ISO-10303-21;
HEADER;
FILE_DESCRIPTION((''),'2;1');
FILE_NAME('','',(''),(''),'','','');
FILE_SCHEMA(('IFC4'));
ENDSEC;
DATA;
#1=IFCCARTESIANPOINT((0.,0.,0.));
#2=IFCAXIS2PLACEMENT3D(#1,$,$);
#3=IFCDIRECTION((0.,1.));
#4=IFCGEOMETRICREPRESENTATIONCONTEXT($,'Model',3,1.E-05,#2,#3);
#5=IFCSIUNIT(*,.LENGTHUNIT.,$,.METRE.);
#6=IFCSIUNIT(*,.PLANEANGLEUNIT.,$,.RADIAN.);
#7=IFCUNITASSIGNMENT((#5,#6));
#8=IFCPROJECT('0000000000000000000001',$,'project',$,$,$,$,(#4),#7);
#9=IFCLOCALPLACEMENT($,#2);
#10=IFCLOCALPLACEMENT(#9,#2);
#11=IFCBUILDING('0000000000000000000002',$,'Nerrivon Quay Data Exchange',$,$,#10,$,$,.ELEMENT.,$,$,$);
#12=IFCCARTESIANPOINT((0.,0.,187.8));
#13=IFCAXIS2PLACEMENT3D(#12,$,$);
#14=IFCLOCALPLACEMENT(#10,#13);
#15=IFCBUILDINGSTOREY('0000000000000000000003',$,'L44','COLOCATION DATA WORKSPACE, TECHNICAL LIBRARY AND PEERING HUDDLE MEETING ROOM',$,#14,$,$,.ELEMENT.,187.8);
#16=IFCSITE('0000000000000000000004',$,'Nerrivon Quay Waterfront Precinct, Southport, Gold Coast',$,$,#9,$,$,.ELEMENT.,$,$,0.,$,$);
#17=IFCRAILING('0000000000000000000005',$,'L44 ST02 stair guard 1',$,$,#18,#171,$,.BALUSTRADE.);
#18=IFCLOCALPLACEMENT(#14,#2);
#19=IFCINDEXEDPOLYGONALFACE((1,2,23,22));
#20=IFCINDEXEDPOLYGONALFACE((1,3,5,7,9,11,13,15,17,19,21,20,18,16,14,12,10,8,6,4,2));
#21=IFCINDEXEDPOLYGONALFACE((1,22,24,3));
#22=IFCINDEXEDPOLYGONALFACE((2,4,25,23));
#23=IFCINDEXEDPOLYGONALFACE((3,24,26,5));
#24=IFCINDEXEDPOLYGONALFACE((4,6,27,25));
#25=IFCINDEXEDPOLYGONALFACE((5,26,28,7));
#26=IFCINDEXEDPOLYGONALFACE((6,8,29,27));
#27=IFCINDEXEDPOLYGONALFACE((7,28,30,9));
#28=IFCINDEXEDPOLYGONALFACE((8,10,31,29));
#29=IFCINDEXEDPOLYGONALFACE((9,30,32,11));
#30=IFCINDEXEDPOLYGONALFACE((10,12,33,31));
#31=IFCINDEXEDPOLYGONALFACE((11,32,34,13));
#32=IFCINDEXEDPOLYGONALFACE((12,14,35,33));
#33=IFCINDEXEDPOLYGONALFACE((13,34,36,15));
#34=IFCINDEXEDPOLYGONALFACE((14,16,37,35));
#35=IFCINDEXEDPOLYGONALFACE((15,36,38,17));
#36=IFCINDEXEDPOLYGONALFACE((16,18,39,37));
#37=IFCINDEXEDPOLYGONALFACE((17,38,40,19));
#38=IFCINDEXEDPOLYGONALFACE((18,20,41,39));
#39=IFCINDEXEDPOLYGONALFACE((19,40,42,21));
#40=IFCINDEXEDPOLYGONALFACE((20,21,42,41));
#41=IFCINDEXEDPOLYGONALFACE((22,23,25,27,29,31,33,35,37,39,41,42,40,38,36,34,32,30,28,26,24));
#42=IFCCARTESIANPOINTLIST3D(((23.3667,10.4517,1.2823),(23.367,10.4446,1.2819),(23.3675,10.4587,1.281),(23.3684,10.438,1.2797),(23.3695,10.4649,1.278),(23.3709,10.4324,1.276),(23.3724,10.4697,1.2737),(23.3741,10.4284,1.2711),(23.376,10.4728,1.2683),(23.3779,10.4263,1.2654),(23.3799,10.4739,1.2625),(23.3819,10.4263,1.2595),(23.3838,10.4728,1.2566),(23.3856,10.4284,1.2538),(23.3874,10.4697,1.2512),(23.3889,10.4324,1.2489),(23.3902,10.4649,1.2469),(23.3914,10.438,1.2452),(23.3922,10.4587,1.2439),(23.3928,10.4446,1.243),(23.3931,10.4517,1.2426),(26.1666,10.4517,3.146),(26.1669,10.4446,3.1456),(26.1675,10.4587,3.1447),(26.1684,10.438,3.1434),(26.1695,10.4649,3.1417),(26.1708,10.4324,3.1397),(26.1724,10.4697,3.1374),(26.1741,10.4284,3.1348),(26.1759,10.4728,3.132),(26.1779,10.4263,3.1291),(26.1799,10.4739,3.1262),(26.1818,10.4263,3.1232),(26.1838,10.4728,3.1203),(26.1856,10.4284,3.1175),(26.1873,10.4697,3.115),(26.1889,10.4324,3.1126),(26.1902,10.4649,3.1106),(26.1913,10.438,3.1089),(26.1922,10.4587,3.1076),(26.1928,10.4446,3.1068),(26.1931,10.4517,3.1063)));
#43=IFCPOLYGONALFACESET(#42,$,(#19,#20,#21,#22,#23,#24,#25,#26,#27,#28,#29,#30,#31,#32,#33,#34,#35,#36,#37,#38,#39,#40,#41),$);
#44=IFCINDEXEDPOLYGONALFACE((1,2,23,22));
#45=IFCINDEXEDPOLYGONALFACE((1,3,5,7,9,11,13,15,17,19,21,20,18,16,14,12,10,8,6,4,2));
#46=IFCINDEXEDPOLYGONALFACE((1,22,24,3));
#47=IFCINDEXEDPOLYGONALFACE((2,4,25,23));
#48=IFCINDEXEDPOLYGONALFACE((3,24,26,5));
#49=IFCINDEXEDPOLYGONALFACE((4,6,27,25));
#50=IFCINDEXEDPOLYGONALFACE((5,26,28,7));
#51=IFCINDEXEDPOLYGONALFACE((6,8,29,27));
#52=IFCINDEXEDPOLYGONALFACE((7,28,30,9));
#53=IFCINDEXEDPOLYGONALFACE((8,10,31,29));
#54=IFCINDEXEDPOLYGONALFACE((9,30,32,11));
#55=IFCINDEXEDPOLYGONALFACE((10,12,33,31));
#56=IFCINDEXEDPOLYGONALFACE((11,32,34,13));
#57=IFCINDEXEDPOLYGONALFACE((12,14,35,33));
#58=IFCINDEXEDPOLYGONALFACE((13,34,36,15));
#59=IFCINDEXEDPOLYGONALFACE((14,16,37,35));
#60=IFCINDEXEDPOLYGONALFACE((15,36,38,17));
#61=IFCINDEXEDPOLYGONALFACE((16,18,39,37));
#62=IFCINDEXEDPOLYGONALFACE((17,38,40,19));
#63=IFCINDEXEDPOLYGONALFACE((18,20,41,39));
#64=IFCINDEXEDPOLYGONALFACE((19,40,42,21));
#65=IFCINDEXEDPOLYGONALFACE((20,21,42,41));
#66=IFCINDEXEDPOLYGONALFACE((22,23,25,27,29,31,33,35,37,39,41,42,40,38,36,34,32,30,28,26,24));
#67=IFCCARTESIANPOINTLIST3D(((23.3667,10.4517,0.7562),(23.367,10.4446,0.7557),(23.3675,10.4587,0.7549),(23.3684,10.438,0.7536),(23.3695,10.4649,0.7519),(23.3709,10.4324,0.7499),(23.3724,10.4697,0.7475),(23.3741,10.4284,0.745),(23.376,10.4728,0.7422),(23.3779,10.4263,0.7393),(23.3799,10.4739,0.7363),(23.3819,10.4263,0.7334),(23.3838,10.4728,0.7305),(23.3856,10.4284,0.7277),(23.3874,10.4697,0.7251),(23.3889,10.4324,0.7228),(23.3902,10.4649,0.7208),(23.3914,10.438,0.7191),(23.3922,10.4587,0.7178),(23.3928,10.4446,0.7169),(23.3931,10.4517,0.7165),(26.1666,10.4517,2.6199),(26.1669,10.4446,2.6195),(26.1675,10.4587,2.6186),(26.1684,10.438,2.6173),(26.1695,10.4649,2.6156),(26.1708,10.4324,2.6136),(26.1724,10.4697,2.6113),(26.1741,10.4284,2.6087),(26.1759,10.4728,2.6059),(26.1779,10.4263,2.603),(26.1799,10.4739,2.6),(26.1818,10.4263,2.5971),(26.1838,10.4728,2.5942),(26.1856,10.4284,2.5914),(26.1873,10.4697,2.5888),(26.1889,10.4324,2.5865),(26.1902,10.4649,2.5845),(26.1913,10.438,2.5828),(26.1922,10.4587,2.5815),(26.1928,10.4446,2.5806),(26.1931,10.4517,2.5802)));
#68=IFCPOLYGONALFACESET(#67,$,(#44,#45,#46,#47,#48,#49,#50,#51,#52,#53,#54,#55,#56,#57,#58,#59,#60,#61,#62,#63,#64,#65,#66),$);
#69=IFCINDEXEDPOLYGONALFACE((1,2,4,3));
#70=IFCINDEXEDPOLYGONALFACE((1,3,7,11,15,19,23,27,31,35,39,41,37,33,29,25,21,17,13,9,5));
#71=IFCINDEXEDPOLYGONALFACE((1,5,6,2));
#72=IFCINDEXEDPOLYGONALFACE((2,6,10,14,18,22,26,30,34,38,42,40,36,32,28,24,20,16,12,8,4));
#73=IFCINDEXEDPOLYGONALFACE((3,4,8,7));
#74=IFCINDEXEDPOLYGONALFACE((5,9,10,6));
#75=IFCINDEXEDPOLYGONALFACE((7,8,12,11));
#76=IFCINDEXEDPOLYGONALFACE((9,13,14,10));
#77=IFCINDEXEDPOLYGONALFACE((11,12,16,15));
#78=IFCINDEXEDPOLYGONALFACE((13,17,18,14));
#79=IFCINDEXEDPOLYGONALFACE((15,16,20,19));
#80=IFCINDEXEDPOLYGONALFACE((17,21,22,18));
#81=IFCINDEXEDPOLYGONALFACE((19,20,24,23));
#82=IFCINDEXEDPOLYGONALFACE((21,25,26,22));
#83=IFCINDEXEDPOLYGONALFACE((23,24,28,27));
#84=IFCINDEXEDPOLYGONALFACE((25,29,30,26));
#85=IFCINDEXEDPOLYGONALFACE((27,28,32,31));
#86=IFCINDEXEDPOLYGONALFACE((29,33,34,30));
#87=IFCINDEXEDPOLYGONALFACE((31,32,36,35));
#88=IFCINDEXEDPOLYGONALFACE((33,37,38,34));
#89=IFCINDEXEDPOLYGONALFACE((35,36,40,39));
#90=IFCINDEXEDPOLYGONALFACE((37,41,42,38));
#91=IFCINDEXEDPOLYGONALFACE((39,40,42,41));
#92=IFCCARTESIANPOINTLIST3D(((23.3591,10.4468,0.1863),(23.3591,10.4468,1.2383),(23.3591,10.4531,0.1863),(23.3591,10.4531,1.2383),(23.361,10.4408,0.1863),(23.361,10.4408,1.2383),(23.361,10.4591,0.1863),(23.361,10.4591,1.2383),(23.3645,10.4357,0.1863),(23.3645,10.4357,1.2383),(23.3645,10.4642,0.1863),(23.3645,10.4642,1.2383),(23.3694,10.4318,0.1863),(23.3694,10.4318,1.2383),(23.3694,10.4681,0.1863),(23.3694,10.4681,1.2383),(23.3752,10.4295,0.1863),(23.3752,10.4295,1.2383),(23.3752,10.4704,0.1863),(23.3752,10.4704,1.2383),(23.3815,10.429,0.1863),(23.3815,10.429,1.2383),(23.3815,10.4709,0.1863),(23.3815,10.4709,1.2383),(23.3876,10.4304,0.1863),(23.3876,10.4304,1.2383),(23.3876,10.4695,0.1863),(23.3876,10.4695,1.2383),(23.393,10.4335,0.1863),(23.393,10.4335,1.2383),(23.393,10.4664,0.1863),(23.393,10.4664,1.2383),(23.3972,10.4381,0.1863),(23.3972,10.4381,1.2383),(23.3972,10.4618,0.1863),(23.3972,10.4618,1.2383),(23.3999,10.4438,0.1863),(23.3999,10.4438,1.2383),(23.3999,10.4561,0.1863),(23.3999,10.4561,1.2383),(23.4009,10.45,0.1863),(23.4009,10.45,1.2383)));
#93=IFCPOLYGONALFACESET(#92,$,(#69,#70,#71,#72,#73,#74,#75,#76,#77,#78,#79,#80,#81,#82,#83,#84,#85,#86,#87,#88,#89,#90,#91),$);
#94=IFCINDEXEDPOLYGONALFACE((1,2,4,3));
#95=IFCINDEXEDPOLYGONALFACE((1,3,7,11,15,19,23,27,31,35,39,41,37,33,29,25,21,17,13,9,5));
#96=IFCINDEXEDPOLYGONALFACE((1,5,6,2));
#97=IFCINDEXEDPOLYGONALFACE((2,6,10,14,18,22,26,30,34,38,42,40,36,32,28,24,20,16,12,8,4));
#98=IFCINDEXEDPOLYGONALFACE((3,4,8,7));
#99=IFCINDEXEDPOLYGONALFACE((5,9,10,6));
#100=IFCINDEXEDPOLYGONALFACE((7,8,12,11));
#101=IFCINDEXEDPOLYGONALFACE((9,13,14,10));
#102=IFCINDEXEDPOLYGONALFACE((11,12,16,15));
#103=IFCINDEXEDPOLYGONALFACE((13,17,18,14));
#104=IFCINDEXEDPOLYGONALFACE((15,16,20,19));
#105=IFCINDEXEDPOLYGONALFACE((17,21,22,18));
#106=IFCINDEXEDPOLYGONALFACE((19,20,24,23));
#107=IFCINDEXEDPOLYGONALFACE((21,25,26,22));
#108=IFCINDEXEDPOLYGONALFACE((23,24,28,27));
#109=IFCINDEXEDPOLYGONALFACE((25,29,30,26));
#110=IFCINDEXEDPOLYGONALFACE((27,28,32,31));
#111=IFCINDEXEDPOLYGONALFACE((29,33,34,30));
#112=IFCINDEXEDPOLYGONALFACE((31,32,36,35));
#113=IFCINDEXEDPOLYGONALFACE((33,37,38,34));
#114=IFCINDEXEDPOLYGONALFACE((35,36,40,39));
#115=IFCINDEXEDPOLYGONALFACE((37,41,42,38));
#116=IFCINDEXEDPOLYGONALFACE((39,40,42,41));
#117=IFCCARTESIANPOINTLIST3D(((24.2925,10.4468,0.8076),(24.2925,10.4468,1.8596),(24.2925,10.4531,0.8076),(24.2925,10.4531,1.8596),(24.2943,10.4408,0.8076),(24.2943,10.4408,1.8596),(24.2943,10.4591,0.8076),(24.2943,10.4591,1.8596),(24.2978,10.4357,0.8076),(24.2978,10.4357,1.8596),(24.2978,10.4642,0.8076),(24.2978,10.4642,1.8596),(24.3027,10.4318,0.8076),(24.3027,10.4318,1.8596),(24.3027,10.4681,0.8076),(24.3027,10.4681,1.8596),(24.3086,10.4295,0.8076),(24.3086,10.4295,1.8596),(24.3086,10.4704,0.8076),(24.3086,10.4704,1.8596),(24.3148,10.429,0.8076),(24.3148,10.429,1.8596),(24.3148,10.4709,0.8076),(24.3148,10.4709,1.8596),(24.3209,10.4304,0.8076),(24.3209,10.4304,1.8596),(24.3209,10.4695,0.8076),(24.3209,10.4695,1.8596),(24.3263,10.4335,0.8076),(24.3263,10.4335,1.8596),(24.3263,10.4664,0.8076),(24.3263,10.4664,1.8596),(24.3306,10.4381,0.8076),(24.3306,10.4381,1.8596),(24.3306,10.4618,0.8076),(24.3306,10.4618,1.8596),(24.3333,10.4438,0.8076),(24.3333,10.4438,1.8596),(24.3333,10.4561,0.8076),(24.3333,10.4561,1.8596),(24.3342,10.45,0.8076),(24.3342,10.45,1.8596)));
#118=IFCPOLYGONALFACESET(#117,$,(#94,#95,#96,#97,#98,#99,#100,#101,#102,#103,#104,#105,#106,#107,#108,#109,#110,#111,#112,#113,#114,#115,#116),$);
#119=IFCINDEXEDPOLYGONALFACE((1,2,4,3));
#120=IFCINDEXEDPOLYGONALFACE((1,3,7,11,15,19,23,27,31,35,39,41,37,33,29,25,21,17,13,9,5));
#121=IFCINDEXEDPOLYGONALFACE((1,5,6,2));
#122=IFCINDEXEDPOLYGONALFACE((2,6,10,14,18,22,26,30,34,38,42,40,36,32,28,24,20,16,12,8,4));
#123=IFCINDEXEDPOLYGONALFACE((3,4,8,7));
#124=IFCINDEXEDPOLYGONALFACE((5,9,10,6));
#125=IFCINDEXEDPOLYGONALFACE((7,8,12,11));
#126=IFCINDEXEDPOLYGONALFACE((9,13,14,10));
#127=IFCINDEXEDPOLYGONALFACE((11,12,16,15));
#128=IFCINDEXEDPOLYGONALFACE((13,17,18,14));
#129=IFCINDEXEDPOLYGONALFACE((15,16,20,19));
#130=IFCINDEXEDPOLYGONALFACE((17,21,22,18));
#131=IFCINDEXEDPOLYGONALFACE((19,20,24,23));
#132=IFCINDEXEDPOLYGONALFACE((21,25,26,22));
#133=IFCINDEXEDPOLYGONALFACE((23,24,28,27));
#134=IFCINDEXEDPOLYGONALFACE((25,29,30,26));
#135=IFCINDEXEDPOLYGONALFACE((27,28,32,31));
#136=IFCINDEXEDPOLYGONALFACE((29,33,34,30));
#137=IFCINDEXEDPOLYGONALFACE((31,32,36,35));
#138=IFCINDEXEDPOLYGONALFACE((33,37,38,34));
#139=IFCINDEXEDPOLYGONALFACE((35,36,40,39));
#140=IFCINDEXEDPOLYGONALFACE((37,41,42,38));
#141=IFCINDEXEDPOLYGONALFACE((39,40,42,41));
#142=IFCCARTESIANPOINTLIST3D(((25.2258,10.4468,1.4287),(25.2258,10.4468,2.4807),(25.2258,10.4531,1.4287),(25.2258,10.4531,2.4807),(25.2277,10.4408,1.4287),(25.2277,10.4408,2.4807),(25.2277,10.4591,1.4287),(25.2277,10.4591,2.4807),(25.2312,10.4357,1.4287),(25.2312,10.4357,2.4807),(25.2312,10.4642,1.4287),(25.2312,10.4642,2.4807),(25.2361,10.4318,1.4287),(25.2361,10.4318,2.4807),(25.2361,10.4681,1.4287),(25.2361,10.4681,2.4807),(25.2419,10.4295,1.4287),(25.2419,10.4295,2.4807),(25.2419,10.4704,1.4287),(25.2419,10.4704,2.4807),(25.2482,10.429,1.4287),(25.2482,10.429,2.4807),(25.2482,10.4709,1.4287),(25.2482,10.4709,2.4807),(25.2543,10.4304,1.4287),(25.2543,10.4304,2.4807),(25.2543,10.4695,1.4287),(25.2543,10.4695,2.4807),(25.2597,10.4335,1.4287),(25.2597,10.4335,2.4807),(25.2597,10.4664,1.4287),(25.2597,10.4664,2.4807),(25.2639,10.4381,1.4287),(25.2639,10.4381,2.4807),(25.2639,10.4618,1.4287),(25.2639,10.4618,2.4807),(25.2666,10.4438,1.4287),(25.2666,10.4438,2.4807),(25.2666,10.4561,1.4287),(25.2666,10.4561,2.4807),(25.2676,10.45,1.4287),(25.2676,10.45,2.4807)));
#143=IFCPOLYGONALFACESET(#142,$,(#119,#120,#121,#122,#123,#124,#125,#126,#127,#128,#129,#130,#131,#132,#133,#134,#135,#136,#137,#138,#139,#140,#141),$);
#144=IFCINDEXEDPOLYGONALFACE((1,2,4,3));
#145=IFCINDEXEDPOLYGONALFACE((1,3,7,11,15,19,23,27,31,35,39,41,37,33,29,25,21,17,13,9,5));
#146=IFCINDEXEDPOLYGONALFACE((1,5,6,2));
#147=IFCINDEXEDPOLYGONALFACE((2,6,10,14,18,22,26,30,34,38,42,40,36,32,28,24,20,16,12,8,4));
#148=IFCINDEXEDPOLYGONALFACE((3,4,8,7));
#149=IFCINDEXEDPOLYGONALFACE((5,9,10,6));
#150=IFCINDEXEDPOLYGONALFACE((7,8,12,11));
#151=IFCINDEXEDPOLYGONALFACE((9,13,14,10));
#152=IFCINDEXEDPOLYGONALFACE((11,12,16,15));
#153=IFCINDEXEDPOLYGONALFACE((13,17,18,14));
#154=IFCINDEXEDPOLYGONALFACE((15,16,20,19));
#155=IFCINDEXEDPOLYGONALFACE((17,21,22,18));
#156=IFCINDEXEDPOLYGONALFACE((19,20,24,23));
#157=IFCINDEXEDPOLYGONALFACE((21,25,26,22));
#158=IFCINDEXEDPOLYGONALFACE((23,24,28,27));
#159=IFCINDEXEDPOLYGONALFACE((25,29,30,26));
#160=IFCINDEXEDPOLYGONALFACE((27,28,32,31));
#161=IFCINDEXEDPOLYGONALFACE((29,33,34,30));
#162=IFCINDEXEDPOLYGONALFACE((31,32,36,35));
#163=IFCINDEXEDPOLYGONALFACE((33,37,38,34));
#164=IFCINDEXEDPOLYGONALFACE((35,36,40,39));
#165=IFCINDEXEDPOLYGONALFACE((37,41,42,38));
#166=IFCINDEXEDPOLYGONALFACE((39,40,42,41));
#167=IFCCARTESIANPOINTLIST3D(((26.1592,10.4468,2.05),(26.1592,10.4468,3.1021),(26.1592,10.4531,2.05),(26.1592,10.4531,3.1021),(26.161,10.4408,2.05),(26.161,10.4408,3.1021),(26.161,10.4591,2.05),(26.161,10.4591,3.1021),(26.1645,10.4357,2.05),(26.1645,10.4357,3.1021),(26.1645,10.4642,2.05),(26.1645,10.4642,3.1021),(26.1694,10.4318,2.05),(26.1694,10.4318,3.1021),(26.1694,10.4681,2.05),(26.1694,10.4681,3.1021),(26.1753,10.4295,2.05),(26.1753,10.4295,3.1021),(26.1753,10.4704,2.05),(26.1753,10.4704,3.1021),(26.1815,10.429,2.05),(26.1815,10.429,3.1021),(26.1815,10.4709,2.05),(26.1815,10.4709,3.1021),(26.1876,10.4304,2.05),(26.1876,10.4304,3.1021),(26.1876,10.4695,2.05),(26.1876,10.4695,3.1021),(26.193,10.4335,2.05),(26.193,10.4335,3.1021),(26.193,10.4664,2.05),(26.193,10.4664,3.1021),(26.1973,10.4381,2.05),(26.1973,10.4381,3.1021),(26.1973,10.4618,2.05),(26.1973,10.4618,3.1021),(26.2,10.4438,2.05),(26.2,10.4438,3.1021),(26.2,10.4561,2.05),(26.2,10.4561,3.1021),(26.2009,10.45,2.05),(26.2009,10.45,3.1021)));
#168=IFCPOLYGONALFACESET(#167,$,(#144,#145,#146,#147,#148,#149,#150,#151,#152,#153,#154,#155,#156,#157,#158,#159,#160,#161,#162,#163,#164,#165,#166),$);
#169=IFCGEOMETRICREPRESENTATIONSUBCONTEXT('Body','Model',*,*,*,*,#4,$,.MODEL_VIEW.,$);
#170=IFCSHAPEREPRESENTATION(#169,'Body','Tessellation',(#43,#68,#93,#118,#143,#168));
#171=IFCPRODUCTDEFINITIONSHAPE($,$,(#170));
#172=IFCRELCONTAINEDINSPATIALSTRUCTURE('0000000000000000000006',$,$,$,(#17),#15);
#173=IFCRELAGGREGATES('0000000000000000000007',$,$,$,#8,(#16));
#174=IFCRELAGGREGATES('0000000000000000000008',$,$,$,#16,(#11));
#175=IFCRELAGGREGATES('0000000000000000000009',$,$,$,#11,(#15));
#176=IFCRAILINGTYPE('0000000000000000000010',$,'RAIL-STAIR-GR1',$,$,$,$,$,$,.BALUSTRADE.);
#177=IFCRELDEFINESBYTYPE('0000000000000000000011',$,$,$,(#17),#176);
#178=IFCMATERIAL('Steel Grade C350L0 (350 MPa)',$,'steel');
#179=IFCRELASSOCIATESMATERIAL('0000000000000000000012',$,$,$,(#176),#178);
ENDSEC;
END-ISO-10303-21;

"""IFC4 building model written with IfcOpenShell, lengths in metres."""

from ifc_helpers import new_model, si_unit, direction, frame, origin, origin_2d, place, context, subcontext, project, spatial, circle, extrude, material, type_object, element, save


model = new_model("IFC4")

# Units and contexts
model_context = context("Model", 3, precision=1e-05, world=origin(), true_north=direction((0.0, 1.0)))
body_context = subcontext(model_context, "Body", "Model", "MODEL_VIEW")
ifc_project = project(units=[si_unit("LENGTHUNIT", "METRE"), si_unit("PLANEANGLEUNIT", "RADIAN")], contexts=[model_context])

# Site, building, storey
site_placement = place(None, origin())
site = spatial("IfcSite", under=ifc_project, at=site_placement, Name="Nerrivon Quay Waterfront Precinct, Southport, Gold Coast", CompositionType="ELEMENT", RefElevation=0.0)
building_placement = place(site_placement, origin())
building = spatial("IfcBuilding", under=site, at=building_placement, Name="Nerrivon Quay Data Exchange", CompositionType="ELEMENT")
storey_placement = place(building_placement, frame((0.0, 0.0, 187.8)))
storey = spatial("IfcBuildingStorey", under=building, at=storey_placement, Name="L44", Description="COLOCATION DATA WORKSPACE, TECHNICAL LIBRARY AND PEERING HUDDLE MEETING ROOM", CompositionType="ELEMENT", Elevation=187.8)

# Railing
ifc_material_1 = material(Name="Steel Grade C350L0 (350 MPa)", Category="steel")
railing_type_1 = type_object("IfcRailingType", Name="RAIL-STAIR-GR1", PredefinedType="BALUSTRADE", material=ifc_material_1)
railing_1_placement = place(storey_placement, frame((23.3799, 10.45, 0.1863)))
element("IfcRailing", 1, at=railing_1_placement, inside=storey, type_object=railing_type_1, Name="L44 ST02 stair guard 1", PredefinedType="BALUSTRADE", context=body_context, shape_type="SweptSolid", body=[
    extrude(circle(Radius=0.0239, at=origin_2d()), frame((0.0, 0.0, 1.0762), z_axis=(0.832452, 0.0, 0.554097), x_axis=(0.0, 1.0, 0.0)), (0.0, 0.0, 1.0), 3.3635),
    extrude(circle(Radius=0.0239, at=origin_2d()), frame((0.0, 0.0, 0.55), z_axis=(0.832452, 0.0, 0.554097), x_axis=(0.0, 1.0, 0.0)), (0.0, 0.0, 1.0), 3.3635),
    extrude(circle(Radius=0.021, at=origin_2d()), origin(), (0.0, 0.0, 1.0), 1.052),
    extrude(circle(Radius=0.021, at=origin_2d()), frame((0.9333, 0.0, 0.6213)), (0.0, 0.0, 1.0), 1.052),
    extrude(circle(Radius=0.021, at=origin_2d()), frame((1.8667, 0.0, 1.2424)), (0.0, 0.0, 1.0), 1.052),
    extrude(circle(Radius=0.021, at=origin_2d()), frame((2.8, 0.0, 1.8638)), (0.0, 0.0, 1.0), 1.052),
])

save(model, "model.ifc")
